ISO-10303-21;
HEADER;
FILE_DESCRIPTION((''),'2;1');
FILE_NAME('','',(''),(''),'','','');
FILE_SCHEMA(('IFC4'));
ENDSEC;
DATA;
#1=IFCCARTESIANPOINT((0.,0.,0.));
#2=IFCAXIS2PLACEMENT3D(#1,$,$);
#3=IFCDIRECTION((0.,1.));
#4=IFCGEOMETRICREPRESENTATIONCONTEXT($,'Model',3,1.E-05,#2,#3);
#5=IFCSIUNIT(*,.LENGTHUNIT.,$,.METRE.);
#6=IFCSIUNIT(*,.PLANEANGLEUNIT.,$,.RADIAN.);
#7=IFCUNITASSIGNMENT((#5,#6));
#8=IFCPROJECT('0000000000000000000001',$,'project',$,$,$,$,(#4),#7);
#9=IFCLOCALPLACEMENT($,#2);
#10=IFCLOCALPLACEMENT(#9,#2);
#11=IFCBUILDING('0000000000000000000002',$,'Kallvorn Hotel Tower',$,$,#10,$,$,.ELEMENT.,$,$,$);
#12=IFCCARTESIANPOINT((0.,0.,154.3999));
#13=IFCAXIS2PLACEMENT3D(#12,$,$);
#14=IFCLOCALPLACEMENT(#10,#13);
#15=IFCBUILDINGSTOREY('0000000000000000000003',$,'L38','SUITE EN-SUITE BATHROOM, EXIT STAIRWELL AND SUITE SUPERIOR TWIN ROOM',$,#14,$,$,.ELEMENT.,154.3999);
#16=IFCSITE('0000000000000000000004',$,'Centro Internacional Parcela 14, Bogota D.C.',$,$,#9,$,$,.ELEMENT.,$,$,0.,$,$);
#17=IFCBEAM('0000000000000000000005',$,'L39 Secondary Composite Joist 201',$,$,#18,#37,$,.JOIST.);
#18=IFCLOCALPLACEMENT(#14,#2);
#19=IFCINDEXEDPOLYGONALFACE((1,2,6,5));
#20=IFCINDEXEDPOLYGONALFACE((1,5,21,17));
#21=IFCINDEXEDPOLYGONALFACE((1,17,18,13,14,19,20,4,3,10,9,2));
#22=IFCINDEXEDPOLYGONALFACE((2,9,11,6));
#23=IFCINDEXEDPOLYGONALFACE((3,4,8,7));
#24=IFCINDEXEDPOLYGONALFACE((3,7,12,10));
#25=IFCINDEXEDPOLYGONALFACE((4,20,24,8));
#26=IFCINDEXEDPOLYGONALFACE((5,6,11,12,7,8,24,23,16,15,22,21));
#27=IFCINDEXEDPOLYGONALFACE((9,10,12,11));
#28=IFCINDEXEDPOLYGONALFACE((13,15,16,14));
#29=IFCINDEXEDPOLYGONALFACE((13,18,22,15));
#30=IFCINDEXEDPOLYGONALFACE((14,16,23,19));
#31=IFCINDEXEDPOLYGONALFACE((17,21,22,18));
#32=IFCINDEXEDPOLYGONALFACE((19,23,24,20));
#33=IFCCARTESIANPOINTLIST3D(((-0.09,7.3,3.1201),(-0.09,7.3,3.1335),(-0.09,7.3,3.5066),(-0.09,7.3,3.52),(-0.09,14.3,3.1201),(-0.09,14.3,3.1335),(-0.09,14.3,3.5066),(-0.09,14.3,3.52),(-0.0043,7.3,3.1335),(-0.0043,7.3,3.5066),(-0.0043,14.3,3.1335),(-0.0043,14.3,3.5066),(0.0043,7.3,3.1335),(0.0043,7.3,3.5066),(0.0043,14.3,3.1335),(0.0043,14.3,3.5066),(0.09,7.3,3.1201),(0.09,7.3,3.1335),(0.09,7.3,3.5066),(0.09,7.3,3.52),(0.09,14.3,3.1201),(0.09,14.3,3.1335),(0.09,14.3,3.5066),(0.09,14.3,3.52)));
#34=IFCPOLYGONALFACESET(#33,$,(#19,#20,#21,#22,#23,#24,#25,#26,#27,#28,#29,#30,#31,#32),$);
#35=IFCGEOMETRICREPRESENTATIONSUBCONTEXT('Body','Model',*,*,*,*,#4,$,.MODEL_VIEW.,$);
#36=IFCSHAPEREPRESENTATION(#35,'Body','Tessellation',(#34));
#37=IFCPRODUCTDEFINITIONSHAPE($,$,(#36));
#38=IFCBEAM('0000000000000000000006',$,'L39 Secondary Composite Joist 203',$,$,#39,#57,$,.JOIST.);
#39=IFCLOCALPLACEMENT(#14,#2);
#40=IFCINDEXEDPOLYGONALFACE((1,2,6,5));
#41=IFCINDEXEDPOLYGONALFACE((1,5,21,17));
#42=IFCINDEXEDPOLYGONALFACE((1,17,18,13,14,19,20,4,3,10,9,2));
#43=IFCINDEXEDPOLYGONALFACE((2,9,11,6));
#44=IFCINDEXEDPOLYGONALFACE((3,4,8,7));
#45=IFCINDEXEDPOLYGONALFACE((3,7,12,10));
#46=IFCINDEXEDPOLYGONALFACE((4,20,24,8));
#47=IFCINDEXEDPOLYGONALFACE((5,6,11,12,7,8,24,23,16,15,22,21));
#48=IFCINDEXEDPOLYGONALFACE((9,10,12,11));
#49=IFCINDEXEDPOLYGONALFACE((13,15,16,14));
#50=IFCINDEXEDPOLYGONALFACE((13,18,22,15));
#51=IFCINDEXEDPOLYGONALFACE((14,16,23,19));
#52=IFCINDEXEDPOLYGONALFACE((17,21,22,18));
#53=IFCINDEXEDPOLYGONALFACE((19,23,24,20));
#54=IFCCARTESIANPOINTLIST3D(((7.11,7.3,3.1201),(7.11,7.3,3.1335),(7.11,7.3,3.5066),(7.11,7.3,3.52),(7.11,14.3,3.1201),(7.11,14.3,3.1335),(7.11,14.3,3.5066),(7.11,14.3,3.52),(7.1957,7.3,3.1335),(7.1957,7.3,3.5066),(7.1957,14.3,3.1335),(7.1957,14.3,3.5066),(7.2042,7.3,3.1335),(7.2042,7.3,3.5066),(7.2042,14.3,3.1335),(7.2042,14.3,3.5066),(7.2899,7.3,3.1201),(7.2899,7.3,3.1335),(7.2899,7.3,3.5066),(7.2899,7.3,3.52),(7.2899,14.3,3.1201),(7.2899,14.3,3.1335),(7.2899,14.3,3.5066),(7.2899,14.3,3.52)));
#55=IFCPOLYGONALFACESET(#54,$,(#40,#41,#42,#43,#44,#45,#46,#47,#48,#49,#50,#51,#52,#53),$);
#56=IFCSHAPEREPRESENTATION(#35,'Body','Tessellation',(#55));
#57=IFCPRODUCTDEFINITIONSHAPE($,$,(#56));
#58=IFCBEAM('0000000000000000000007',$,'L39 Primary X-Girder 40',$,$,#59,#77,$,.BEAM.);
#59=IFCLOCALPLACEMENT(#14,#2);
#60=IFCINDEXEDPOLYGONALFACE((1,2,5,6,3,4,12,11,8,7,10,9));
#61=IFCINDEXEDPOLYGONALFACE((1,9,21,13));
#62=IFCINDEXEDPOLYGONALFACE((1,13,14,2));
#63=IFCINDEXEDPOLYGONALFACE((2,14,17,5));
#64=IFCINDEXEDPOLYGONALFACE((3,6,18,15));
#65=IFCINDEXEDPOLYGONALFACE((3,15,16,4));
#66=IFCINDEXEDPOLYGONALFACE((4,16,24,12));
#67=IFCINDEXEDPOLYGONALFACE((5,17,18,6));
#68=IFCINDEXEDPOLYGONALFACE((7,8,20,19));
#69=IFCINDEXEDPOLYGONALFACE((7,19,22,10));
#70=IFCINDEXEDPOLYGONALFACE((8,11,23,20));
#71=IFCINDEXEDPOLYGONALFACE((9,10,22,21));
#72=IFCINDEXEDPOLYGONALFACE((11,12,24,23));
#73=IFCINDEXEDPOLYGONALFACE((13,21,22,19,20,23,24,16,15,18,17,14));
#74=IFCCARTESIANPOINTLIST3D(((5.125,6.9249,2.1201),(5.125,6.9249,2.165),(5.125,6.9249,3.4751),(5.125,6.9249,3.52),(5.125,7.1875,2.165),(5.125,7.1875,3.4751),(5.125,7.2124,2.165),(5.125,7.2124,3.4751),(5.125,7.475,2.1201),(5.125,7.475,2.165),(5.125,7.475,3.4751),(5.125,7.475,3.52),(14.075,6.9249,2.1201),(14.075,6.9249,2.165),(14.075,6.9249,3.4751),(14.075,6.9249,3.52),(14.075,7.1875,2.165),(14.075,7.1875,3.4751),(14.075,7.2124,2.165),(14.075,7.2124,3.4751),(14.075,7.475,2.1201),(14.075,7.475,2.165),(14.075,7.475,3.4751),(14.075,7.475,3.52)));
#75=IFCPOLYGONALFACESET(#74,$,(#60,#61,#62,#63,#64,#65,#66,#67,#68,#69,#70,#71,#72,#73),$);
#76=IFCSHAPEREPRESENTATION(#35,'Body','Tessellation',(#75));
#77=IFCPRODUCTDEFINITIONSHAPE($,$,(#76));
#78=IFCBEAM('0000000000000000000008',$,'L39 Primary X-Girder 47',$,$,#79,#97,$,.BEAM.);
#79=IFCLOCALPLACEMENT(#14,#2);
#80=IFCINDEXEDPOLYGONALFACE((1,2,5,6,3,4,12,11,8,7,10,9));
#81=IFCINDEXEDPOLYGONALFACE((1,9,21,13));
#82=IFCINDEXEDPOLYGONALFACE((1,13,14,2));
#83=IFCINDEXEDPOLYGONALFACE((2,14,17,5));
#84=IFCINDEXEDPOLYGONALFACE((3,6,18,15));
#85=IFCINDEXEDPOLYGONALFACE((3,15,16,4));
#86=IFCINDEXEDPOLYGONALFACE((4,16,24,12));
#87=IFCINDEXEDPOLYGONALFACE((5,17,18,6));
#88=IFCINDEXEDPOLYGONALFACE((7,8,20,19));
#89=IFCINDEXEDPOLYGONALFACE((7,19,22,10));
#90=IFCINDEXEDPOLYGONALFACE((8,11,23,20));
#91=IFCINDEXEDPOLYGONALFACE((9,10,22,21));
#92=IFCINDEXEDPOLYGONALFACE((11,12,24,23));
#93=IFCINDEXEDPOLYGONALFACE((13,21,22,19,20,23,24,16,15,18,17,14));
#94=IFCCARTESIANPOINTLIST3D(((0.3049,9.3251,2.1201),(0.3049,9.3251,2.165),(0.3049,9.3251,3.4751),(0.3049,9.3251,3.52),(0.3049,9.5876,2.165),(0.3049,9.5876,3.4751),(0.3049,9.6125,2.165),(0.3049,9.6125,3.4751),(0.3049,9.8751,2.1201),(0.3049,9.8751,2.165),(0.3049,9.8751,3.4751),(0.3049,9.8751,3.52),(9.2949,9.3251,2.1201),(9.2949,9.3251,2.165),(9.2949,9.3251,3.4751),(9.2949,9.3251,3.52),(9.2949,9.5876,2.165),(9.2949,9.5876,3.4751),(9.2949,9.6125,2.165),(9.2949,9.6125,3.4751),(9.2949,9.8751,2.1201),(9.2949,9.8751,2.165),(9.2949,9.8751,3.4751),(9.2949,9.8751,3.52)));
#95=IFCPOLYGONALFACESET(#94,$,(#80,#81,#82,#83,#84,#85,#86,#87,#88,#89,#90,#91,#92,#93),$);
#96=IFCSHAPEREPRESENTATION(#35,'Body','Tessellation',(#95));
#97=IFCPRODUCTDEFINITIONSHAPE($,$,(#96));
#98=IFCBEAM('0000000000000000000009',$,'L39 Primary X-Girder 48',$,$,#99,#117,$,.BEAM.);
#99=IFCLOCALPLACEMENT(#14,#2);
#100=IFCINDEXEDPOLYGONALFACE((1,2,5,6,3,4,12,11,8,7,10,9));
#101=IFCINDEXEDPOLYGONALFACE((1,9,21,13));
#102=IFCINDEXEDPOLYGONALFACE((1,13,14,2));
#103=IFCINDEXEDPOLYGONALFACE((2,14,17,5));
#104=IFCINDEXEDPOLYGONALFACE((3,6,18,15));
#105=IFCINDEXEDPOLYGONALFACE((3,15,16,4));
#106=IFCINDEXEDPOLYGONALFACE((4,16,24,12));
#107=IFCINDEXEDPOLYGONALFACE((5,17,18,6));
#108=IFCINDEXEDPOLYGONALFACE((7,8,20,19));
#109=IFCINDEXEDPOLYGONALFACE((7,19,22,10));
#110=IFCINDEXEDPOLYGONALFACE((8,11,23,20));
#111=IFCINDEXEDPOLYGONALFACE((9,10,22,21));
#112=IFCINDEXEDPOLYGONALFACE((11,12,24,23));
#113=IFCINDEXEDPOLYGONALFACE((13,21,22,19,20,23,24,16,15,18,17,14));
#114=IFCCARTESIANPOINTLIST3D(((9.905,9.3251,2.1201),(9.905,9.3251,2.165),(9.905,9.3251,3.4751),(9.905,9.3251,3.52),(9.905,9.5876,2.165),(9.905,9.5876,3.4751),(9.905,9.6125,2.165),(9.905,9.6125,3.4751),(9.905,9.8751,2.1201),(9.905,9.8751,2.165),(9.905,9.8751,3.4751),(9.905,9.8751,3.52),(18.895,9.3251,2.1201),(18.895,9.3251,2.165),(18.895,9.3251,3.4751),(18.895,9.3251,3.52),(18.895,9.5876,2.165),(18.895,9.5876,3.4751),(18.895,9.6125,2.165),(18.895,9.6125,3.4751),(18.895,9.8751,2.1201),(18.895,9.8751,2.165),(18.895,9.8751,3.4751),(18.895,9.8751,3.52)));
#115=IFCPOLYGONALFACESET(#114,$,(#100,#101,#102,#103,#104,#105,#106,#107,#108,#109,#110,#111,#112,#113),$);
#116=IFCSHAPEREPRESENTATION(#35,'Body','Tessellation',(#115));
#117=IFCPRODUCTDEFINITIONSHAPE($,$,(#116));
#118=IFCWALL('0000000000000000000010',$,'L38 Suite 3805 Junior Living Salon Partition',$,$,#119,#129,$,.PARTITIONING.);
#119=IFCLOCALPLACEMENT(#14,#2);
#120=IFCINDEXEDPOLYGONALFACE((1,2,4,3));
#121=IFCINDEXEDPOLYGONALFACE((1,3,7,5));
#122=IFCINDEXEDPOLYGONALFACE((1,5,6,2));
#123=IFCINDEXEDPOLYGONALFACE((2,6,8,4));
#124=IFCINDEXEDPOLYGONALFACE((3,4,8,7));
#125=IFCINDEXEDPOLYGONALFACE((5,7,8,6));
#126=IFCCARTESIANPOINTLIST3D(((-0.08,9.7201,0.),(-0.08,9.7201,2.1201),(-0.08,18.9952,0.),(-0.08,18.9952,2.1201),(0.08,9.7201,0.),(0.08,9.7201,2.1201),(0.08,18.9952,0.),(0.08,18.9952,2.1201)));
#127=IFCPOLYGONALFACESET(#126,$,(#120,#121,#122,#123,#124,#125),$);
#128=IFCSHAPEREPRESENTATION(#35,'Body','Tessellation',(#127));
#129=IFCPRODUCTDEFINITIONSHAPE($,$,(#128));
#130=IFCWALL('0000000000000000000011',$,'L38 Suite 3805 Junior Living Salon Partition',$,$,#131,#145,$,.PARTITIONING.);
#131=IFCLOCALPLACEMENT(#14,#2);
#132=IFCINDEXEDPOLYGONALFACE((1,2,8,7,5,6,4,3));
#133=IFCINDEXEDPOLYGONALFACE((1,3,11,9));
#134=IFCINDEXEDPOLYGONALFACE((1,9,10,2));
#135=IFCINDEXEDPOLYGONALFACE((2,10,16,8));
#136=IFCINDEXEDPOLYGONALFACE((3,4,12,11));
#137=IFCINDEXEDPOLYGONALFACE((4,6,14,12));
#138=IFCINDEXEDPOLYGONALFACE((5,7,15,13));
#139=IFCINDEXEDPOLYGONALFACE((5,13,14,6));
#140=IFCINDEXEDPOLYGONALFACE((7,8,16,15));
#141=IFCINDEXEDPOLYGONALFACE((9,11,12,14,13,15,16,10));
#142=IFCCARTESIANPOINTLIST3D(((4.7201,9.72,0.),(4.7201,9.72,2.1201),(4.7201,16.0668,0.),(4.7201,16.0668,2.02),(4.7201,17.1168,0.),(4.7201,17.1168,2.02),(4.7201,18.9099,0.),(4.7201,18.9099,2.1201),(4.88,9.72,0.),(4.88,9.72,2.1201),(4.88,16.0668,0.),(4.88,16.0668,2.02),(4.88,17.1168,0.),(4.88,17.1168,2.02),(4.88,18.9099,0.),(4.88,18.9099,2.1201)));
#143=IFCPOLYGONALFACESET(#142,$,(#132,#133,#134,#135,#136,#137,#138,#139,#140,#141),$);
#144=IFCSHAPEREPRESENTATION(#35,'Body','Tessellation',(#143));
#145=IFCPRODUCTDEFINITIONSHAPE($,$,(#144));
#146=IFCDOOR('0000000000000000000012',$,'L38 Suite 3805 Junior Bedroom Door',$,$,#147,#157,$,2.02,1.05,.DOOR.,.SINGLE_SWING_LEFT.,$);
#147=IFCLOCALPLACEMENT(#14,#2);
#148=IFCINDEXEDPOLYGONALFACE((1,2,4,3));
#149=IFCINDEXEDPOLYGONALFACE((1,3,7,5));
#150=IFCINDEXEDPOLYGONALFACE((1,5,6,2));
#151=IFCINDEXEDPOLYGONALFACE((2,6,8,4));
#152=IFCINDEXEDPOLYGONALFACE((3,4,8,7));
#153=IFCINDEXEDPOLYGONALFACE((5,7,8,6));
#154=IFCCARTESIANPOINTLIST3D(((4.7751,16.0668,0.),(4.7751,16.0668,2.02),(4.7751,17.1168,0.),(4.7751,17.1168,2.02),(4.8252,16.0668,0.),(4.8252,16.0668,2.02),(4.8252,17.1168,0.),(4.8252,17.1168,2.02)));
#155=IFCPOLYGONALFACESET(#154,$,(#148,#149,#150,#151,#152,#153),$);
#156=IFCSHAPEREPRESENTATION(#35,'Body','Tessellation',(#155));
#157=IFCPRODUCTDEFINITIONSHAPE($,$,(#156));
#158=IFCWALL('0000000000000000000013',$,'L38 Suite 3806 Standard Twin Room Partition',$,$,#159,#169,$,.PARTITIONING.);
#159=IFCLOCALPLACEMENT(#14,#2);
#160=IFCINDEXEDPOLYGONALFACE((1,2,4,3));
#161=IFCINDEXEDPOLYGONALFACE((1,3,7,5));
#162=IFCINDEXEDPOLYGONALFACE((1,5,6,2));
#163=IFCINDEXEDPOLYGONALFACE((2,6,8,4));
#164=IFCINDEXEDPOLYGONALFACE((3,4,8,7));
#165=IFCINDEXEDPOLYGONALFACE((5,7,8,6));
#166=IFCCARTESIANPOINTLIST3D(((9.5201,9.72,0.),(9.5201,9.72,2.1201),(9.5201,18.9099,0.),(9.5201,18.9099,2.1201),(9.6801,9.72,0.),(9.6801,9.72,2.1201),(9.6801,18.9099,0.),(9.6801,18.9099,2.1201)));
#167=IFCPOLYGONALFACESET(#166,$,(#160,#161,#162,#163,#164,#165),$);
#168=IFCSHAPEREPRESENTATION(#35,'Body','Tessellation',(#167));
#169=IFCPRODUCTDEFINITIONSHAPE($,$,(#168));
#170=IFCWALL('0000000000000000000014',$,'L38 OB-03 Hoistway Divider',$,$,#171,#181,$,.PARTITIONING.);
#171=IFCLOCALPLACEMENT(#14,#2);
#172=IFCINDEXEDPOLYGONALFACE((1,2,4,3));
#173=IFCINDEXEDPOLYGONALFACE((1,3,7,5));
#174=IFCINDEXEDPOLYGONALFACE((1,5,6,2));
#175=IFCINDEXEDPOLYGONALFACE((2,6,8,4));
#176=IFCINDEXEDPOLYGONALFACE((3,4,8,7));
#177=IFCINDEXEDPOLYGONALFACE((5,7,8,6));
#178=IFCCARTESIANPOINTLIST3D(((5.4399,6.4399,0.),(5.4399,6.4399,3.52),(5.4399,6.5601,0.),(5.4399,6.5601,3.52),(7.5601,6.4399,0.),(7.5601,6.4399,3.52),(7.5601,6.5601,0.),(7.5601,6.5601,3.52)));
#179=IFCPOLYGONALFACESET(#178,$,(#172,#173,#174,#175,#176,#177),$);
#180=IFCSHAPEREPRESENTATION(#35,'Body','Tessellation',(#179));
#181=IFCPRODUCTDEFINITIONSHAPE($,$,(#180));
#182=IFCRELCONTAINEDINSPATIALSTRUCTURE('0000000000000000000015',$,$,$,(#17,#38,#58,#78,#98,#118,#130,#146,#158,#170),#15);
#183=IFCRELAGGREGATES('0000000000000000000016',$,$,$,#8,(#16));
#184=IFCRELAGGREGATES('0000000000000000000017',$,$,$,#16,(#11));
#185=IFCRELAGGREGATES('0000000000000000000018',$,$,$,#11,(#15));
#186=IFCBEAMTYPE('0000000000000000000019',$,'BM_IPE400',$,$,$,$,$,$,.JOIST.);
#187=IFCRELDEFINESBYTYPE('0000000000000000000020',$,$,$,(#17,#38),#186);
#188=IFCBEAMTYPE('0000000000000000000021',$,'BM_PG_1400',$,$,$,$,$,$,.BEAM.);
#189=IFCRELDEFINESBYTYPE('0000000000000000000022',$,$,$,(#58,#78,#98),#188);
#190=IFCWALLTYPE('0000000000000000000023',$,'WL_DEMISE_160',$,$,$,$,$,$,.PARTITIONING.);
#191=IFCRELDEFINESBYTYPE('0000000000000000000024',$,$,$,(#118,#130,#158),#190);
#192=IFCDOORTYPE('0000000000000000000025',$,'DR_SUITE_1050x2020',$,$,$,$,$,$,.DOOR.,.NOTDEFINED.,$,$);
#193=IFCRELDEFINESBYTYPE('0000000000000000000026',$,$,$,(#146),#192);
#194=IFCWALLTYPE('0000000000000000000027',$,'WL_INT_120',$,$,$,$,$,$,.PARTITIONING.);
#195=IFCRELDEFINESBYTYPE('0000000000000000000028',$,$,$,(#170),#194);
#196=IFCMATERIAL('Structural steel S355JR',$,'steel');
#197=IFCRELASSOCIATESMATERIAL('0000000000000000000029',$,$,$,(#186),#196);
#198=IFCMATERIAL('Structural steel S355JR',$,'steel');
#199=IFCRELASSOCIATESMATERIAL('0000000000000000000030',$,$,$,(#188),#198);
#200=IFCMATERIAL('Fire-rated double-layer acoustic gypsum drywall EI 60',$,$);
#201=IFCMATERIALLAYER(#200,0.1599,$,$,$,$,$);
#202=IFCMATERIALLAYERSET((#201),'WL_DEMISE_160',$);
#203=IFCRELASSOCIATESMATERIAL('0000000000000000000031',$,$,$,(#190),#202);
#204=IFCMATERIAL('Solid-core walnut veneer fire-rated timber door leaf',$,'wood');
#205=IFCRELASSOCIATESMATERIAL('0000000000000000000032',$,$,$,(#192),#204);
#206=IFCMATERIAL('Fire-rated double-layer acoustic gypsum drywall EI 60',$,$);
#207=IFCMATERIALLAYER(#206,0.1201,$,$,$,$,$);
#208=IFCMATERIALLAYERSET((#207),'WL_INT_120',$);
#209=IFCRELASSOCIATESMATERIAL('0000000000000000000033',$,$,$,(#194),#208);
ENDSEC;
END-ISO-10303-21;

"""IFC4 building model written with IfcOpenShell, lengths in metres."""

from ifc_helpers import new_model, si_unit, direction, frame, frame_2d, origin, origin_2d, place, context, subcontext, project, spatial, rectangle, i_section, extrude, material, layer, layer_set, material_profile, profile_set, type_object, element, fill, save


model = new_model("IFC4")

# Units and contexts
model_context = context("Model", 3, precision=1e-05, world=origin(), true_north=direction((0.0, 1.0)))
body_context = subcontext(model_context, "Body", "Model", "MODEL_VIEW")
ifc_project = project(units=[si_unit("LENGTHUNIT", "METRE"), si_unit("PLANEANGLEUNIT", "RADIAN")], contexts=[model_context])

# Site, building, storey
site_placement = place(None, origin())
site = spatial("IfcSite", under=ifc_project, at=site_placement, Name="Centro Internacional Parcela 14, Bogota D.C.", CompositionType="ELEMENT", RefElevation=0.0)
building_placement = place(site_placement, origin())
building = spatial("IfcBuilding", under=site, at=building_placement, Name="Kallvorn Hotel Tower", CompositionType="ELEMENT")
storey_placement = place(building_placement, frame((0.0, 0.0, 154.3999)))
storey = spatial("IfcBuildingStorey", under=building, at=storey_placement, Name="L38", Description="SUITE EN-SUITE BATHROOM, EXIT STAIRWELL AND SUITE SUPERIOR TWIN ROOM", CompositionType="ELEMENT", Elevation=154.3999)

# Beams
ifc_material_1 = material(Name="Structural steel S355JR", Category="steel")
ifc_material_profile_1 = material_profile(ifc_material_1, i_section(OverallWidth=0.1799, OverallDepth=0.3999, WebThickness=0.0085, FlangeThickness=0.0134, at=origin_2d()), Name="IPE 400")
ifc_profile_set_1 = profile_set([ifc_material_profile_1], Name="Structural steel S355JR")
beam_type_1 = type_object("IfcBeamType", Name="BM_IPE400", PredefinedType="JOIST", material=ifc_profile_set_1)
for number, where, z_axis, x_axis, name in (
    (1, (0.0, 7.3, 3.3201), (0.0, 1.0, 0.0), (-1.0, 0.0, 0.0), "L39 Secondary Composite Joist 201"),
    (2, (7.2, 7.3, 3.3201), (0.0, 1.0, 0.0), (-1.0, 0.0, 0.0), "L39 Secondary Composite Joist 203"),
):
    element("IfcBeam", number, at=place(storey_placement, frame(where, z_axis=z_axis, x_axis=x_axis)), inside=storey, type_object=beam_type_1, Name=name, PredefinedType="JOIST", context=body_context, shape_type="SweptSolid", body=[
        extrude(i_section(OverallWidth=0.1799, OverallDepth=0.3999, WebThickness=0.0085, FlangeThickness=0.0134, at=origin_2d()), origin(), (0.0, 0.0, 1.0), 7.0),
    ])
ifc_material_2 = material(Name="Structural steel S355JR", Category="steel")
ifc_material_profile_2 = material_profile(ifc_material_2, i_section(OverallWidth=0.55, OverallDepth=1.3999, WebThickness=0.0249, FlangeThickness=0.0449, at=origin_2d()), Name="PG 1400x550x25x45")
ifc_profile_set_2 = profile_set([ifc_material_profile_2], Name="Structural steel S355JR")
beam_type_2 = type_object("IfcBeamType", Name="BM_PG_1400", PredefinedType="BEAM", material=ifc_profile_set_2)
beam_1_placement = place(storey_placement, frame((5.125, 7.2, 2.8201), z_axis=(1.0, 0.0, 0.0), x_axis=(0.0, 1.0, 0.0)))
element("IfcBeam", 3, at=beam_1_placement, inside=storey, type_object=beam_type_2, Name="L39 Primary X-Girder 40", PredefinedType="BEAM", context=body_context, shape_type="SweptSolid", body=[
    extrude(i_section(OverallWidth=0.55, OverallDepth=1.3999, WebThickness=0.0249, FlangeThickness=0.0449, at=origin_2d()), origin(), (0.0, 0.0, 1.0), 8.95),
])
for number, where, z_axis, x_axis, name in (
    (4, (0.3049, 9.6001, 2.8201), (1.0, 0.0, 0.0), (0.0, 1.0, 0.0), "L39 Primary X-Girder 47"),
    (5, (9.905, 9.6001, 2.8201), (1.0, 0.0, 0.0), (0.0, 1.0, 0.0), "L39 Primary X-Girder 48"),
):
    element("IfcBeam", number, at=place(storey_placement, frame(where, z_axis=z_axis, x_axis=x_axis)), inside=storey, type_object=beam_type_2, Name=name, PredefinedType="BEAM", context=body_context, shape_type="SweptSolid", body=[
        extrude(i_section(OverallWidth=0.55, OverallDepth=1.3999, WebThickness=0.0249, FlangeThickness=0.0449, at=origin_2d()), origin(), (0.0, 0.0, 1.0), 8.99),
    ])

# Wall
ifc_material_3 = material(Name="Fire-rated double-layer acoustic gypsum drywall EI 60")
ifc_layer_1 = layer(ifc_material_3, 0.1599)
ifc_layer_set_1 = layer_set([ifc_layer_1], Name="WL_DEMISE_160")
wall_type_1 = type_object("IfcWallType", Name="WL_DEMISE_160", PredefinedType="PARTITIONING", material=ifc_layer_set_1)
wall_1_placement = place(storey_placement, frame((0.0, 9.72, 0.0), z_axis=(0.0, 0.0, 1.0), x_axis=(0.0, 1.0, 0.0)))
element("IfcWall", 6, at=wall_1_placement, inside=storey, type_object=wall_type_1, Name="L38 Suite 3805 Junior Living Salon Partition", PredefinedType="PARTITIONING", context=body_context, shape_type="SweptSolid", body=[
    extrude(rectangle(XDim=9.2751, YDim=0.1599, at=frame_2d((4.6377, 0.0))), origin(), (0.0, 0.0, 1.0), 2.1201),
])

# Wall, opening, door
wall_2_placement = place(storey_placement, frame((4.8, 9.72, 0.0), z_axis=(0.0, 0.0, 1.0), x_axis=(0.0, 1.0, 0.0)))
wall_2 = element("IfcWall", 7, at=wall_2_placement, inside=storey, type_object=wall_type_1, Name="L38 Suite 3805 Junior Living Salon Partition", PredefinedType="PARTITIONING", context=body_context, shape_type="SweptSolid", body=[
    extrude(rectangle(XDim=9.1899, YDim=0.1599, at=frame_2d((4.595, 0.0))), origin(), (0.0, 0.0, 1.0), 2.1201),
])
opening_1_placement = place(wall_2_placement, frame((6.3469, 0.0, 0.0)))
opening_1 = element("IfcOpeningElement", 8, at=opening_1_placement, cuts=wall_2, PredefinedType="OPENING", context=body_context, shape_type="SweptSolid", body=[
    extrude(rectangle(XDim=1.05, YDim=2.02, at=frame_2d((0.5249, 1.01))), frame((0.0, 0.095, 0.0), z_axis=(0.0, -1.0, 0.0), x_axis=(1.0, 0.0, 0.0)), (0.0, 0.0, 1.0), 0.1899),
])
ifc_material_4 = material(Name="Solid-core walnut veneer fire-rated timber door leaf", Category="wood")
door_type_1 = type_object("IfcDoorType", Name="DR_SUITE_1050x2020", OperationType="NOTDEFINED", PredefinedType="DOOR", material=ifc_material_4)
door_1_placement = place(opening_1_placement, origin())
door_1 = element("IfcDoor", 9, at=door_1_placement, inside=storey, type_object=door_type_1, Name="L38 Suite 3805 Junior Bedroom Door", OperationType="SINGLE_SWING_LEFT", OverallHeight=2.02, OverallWidth=1.05, PredefinedType="DOOR", context=body_context, shape_type="SweptSolid", body=[
    extrude(rectangle(XDim=1.05, YDim=2.02, at=frame_2d((0.5249, 1.01))), frame((0.0, 0.0249, 0.0), z_axis=(0.0, -1.0, 0.0), x_axis=(1.0, 0.0, 0.0)), (0.0, 0.0, 1.0), 0.05),
])
fill(opening_1, door_1)

# Walls
wall_3_placement = place(storey_placement, frame((9.6001, 9.72, 0.0), z_axis=(0.0, 0.0, 1.0), x_axis=(0.0, 1.0, 0.0)))
element("IfcWall", 10, at=wall_3_placement, inside=storey, type_object=wall_type_1, Name="L38 Suite 3806 Standard Twin Room Partition", PredefinedType="PARTITIONING", context=body_context, shape_type="SweptSolid", body=[
    extrude(rectangle(XDim=9.1899, YDim=0.1599, at=frame_2d((4.595, 0.0))), origin(), (0.0, 0.0, 1.0), 2.1201),
])
ifc_material_5 = material(Name="Fire-rated double-layer acoustic gypsum drywall EI 60")
ifc_layer_2 = layer(ifc_material_5, 0.1201)
ifc_layer_set_2 = layer_set([ifc_layer_2], Name="WL_INT_120")
wall_type_2 = type_object("IfcWallType", Name="WL_INT_120", PredefinedType="PARTITIONING", material=ifc_layer_set_2)
wall_4_placement = place(storey_placement, frame((5.4399, 6.5, 0.0), z_axis=(0.0, 0.0, 1.0), x_axis=(1.0, 0.0, 0.0)))
element("IfcWall", 11, at=wall_4_placement, inside=storey, type_object=wall_type_2, Name="L38 OB-03 Hoistway Divider", PredefinedType="PARTITIONING", context=body_context, shape_type="SweptSolid", body=[
    extrude(rectangle(XDim=2.1201, YDim=0.1201, at=frame_2d((1.0601, 0.0))), origin(), (0.0, 0.0, 1.0), 3.52),
])

save(model, "model.ifc")
